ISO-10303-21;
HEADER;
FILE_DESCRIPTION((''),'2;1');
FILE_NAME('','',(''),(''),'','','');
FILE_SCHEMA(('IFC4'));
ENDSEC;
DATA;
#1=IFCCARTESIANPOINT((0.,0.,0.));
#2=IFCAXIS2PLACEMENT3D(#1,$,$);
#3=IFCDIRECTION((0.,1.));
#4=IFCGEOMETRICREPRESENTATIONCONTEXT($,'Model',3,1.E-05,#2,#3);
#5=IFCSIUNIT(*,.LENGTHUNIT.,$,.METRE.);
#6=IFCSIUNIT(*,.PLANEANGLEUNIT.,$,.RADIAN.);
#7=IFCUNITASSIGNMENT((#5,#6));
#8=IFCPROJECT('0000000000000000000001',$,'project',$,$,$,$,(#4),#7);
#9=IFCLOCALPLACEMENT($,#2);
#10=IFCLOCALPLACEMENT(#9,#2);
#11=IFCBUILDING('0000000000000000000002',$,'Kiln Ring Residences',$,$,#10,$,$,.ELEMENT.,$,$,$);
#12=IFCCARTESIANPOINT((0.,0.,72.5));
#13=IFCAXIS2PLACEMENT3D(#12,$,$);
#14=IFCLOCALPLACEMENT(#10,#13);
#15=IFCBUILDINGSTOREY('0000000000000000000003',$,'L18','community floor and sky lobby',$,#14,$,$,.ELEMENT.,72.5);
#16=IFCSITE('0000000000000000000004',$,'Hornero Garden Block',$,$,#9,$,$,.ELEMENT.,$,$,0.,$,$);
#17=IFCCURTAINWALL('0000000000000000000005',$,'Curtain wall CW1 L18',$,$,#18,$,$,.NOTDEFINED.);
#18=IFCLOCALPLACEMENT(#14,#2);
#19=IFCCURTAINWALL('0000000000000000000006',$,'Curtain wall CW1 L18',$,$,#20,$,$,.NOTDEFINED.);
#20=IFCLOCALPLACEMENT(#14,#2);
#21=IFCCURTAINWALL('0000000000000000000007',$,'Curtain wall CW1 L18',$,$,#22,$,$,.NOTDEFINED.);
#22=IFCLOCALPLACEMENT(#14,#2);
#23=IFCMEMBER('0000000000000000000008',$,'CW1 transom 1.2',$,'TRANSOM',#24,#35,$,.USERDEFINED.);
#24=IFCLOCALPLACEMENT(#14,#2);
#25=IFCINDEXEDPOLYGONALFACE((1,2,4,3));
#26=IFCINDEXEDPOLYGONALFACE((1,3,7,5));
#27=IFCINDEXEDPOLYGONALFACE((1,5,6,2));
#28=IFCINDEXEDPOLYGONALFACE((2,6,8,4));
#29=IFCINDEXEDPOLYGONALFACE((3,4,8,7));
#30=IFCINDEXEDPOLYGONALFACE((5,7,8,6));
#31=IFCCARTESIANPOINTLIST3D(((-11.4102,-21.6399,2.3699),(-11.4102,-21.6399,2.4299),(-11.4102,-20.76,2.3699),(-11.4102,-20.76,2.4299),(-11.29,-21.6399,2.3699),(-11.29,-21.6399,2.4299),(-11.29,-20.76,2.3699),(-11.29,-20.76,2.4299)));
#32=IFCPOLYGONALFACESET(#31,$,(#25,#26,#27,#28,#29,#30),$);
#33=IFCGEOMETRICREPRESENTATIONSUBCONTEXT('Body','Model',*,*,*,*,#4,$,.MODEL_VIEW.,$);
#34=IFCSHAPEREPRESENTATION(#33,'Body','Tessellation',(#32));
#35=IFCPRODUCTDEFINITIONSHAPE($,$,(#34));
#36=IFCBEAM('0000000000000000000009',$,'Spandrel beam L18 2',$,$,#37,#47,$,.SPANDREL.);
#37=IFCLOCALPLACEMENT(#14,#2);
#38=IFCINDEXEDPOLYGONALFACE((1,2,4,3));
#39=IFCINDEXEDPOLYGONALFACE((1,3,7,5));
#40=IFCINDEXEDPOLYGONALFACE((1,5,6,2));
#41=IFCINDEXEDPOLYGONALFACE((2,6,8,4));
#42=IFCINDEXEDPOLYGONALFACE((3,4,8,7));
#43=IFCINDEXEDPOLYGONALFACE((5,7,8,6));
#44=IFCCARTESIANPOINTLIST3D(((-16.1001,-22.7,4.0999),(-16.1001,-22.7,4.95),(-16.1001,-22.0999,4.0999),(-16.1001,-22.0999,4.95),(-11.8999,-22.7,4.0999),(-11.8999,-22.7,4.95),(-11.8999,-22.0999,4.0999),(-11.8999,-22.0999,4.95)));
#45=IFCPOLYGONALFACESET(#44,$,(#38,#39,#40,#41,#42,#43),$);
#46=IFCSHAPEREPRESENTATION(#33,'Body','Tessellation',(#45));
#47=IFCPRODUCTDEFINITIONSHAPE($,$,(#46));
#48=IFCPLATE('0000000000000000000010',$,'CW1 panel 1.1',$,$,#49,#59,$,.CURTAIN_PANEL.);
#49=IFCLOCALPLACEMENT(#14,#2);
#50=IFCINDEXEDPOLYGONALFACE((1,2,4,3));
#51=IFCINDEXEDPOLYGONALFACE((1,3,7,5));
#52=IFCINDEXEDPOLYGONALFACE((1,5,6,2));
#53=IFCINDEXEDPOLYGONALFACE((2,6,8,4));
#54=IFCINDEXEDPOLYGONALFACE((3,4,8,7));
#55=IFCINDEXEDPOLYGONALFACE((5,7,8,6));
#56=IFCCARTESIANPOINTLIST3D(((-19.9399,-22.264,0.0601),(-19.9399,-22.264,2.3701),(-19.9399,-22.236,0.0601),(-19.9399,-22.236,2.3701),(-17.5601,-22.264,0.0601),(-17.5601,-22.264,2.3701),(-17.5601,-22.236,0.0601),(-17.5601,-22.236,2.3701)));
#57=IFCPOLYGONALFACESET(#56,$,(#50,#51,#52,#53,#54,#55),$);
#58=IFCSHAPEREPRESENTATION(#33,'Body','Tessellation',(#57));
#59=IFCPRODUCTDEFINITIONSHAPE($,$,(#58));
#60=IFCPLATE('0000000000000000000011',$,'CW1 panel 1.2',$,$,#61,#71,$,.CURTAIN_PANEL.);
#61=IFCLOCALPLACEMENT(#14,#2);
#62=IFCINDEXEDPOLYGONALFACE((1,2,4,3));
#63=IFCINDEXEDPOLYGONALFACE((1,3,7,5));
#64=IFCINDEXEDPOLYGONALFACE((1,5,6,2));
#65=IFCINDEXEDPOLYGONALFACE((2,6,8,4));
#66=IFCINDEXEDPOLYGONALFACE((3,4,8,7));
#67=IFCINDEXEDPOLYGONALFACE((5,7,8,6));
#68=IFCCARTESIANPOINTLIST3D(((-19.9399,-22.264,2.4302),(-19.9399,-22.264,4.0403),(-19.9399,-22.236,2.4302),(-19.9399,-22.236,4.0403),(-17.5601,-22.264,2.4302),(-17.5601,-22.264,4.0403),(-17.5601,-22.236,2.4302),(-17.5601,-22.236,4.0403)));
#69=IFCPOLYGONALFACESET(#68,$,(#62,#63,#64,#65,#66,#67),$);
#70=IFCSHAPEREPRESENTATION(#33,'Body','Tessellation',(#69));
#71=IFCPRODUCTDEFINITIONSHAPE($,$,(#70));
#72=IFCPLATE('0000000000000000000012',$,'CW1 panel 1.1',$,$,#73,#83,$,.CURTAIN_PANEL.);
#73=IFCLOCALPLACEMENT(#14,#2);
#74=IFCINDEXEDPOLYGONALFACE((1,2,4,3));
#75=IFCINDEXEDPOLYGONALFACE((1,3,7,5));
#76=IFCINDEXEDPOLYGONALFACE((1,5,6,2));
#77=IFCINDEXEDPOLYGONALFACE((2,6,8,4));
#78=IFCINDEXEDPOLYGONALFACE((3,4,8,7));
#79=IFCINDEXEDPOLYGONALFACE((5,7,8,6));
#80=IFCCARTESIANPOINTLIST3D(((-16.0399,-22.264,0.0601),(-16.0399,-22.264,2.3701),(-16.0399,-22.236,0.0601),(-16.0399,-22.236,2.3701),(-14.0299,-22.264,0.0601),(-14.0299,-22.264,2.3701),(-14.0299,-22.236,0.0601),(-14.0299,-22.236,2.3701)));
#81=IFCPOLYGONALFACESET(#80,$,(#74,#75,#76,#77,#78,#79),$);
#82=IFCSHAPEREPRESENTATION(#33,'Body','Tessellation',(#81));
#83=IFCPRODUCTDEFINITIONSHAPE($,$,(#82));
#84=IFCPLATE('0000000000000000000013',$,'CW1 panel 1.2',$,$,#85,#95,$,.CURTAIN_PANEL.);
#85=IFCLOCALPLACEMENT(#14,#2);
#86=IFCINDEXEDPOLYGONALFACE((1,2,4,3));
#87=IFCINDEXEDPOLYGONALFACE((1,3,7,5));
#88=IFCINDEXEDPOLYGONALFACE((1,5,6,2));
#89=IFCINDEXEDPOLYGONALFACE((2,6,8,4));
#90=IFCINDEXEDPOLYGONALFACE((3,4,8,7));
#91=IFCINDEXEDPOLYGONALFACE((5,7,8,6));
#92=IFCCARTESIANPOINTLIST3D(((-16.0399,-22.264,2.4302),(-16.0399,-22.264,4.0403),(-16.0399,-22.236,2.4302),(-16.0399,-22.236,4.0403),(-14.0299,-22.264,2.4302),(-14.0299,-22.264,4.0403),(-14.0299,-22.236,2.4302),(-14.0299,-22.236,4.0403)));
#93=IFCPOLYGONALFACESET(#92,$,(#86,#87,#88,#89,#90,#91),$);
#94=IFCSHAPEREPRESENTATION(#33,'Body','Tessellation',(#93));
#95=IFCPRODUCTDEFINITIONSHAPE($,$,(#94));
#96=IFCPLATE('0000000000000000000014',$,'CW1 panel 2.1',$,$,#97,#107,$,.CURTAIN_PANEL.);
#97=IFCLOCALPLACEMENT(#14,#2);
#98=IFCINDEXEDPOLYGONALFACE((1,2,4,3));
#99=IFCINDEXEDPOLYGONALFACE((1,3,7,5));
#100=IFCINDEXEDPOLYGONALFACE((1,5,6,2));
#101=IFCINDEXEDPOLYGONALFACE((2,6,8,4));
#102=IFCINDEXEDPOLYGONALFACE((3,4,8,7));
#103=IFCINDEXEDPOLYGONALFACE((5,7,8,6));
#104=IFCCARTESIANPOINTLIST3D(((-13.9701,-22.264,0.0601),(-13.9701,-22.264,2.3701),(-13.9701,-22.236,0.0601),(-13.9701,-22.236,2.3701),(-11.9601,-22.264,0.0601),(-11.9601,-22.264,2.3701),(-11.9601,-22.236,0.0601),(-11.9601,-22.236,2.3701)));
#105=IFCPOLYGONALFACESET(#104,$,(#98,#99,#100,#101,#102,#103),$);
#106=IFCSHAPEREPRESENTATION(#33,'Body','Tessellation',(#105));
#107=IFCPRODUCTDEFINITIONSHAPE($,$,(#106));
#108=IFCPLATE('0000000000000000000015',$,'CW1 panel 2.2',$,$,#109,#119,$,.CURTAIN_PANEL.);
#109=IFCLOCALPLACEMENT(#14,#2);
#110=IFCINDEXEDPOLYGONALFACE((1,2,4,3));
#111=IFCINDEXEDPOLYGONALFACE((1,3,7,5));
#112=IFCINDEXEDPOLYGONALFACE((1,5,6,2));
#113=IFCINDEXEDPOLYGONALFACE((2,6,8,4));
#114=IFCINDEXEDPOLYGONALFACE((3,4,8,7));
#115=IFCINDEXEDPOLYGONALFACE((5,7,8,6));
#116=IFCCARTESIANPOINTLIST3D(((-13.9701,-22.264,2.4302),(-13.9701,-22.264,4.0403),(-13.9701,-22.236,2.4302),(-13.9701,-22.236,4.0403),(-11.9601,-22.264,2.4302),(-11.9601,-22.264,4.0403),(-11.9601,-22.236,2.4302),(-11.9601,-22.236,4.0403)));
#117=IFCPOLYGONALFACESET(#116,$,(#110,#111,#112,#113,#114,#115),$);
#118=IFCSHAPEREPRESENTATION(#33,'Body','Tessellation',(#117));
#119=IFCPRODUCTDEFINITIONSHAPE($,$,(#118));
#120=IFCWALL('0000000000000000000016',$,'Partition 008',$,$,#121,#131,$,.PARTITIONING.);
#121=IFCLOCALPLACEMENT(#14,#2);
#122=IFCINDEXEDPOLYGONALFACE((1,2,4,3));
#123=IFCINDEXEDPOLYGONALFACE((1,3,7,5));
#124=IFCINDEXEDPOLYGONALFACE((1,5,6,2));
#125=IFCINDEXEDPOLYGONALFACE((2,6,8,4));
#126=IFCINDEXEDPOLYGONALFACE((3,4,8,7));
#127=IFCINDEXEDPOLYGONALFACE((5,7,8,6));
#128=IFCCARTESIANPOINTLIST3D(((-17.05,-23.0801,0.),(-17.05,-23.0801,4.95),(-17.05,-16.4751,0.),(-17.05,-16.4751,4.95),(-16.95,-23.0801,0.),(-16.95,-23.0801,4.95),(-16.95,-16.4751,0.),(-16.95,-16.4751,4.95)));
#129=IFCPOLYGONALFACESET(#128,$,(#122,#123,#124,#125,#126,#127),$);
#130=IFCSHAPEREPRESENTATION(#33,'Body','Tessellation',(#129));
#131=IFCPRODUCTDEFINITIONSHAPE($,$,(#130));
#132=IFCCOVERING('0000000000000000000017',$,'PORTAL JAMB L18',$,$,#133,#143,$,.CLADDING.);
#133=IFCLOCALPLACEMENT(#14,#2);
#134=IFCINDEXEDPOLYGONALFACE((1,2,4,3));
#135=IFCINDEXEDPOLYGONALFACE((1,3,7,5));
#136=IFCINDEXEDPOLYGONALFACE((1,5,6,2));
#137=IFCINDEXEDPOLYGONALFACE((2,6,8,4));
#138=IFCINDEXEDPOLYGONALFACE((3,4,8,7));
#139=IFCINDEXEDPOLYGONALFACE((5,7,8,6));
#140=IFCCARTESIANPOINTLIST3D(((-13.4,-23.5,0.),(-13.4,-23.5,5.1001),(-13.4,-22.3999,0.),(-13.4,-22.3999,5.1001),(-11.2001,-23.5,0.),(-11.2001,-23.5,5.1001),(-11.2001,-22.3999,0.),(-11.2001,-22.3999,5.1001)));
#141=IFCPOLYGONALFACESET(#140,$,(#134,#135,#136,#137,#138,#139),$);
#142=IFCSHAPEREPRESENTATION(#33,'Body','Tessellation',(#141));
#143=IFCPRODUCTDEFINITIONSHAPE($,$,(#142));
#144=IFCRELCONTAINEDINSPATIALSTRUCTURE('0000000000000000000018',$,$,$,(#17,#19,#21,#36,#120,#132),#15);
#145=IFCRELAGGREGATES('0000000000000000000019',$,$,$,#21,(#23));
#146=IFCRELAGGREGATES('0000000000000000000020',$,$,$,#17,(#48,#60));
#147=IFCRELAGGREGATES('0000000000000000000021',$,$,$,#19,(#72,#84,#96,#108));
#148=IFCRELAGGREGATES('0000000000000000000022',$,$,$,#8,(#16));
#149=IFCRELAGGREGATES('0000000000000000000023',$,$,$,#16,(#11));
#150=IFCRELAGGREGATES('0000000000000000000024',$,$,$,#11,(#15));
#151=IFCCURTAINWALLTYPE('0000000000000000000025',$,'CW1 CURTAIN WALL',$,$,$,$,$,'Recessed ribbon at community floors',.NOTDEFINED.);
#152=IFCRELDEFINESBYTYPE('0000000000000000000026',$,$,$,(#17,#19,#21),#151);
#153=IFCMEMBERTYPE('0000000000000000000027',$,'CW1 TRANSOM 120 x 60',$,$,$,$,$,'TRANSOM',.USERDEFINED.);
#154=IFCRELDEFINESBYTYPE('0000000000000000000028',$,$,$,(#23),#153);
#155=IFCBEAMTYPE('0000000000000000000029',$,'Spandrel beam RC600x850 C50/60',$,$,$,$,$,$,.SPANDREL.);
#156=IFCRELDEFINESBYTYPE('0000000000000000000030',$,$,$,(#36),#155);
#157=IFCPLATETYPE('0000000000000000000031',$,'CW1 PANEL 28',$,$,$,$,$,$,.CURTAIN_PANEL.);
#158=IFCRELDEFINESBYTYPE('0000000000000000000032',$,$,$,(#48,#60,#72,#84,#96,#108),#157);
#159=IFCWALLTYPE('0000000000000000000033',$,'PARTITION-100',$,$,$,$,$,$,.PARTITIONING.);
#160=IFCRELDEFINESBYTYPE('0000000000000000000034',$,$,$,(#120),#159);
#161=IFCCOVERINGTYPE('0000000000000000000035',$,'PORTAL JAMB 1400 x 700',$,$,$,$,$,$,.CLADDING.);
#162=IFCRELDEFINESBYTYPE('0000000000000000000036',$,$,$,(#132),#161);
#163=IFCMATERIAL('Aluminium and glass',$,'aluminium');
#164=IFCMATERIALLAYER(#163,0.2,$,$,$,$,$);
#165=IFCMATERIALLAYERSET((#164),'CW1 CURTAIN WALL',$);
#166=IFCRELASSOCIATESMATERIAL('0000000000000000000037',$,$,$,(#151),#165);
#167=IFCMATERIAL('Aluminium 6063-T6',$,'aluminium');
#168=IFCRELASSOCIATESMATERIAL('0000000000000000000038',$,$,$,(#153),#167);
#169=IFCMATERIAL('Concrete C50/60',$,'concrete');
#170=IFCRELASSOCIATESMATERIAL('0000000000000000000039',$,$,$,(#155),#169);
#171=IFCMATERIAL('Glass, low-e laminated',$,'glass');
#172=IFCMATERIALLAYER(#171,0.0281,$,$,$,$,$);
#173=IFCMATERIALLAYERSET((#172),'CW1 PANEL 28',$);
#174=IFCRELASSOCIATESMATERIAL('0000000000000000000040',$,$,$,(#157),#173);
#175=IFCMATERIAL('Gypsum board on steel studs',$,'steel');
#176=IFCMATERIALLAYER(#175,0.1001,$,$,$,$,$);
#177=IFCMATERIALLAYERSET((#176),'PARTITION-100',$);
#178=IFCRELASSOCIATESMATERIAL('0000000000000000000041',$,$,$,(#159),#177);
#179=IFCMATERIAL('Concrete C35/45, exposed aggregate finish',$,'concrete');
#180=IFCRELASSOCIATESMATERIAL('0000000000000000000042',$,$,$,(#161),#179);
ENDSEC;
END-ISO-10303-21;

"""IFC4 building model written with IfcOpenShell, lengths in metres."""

from ifc_helpers import new_model, si_unit, direction, frame, frame_2d, origin, origin_2d, place, context, subcontext, project, spatial, rectangle, extrude, material, layer, layer_set, material_profile, profile_set, type_object, element, aggregate, save


model = new_model("IFC4")

# Units and contexts
model_context = context("Model", 3, precision=1e-05, world=origin(), true_north=direction((0.0, 1.0)))
body_context = subcontext(model_context, "Body", "Model", "MODEL_VIEW")
ifc_project = project(units=[si_unit("LENGTHUNIT", "METRE"), si_unit("PLANEANGLEUNIT", "RADIAN")], contexts=[model_context])

# Site, building, storey
site_placement = place(None, origin())
site = spatial("IfcSite", under=ifc_project, at=site_placement, Name="Hornero Garden Block", CompositionType="ELEMENT", RefElevation=0.0)
building_placement = place(site_placement, origin())
building = spatial("IfcBuilding", under=site, at=building_placement, Name="Kiln Ring Residences", CompositionType="ELEMENT")
storey_placement = place(building_placement, frame((0.0, 0.0, 72.5)))
storey = spatial("IfcBuildingStorey", under=building, at=storey_placement, Name="L18", Description="community floor and sky lobby", CompositionType="ELEMENT", Elevation=72.5)

# Curtain wall
ifc_material_1 = material(Name="Aluminium and glass", Category="aluminium")
ifc_layer_1 = layer(ifc_material_1, 0.2)
ifc_layer_set_1 = layer_set([ifc_layer_1], Name="CW1 CURTAIN WALL")
curtain_wall_type = type_object("IfcCurtainWallType", Name="CW1 CURTAIN WALL", ElementType="Recessed ribbon at community floors", PredefinedType="NOTDEFINED", material=ifc_layer_set_1)
placement = place(storey_placement, origin())
curtain_wall_1 = element("IfcCurtainWall", 1, at=placement, inside=storey, type_object=curtain_wall_type, Name="Curtain wall CW1 L18", PredefinedType="NOTDEFINED")

# Curtain wall
curtain_wall_2 = element("IfcCurtainWall", 2, at=placement, inside=storey, type_object=curtain_wall_type, Name="Curtain wall CW1 L18", PredefinedType="NOTDEFINED")

# Curtain wall
curtain_wall_3 = element("IfcCurtainWall", 3, at=placement, inside=storey, type_object=curtain_wall_type, Name="Curtain wall CW1 L18", PredefinedType="NOTDEFINED")

# Member
ifc_material_2 = material(Name="Aluminium 6063-T6", Category="aluminium")
ifc_material_profile_1 = material_profile(ifc_material_2, rectangle(XDim=0.1201, YDim=0.0601, at=origin_2d()), Name="AL 120x60")
ifc_profile_set_1 = profile_set([ifc_material_profile_1], Name="Aluminium 6063-T6")
member_type_1 = type_object("IfcMemberType", Name="CW1 TRANSOM 120 x 60", ElementType="TRANSOM", PredefinedType="USERDEFINED", material=ifc_profile_set_1)
member_1_placement = place(storey_placement, frame((-11.3501, -21.6399, 2.3999), z_axis=(0.0, 1.0, 0.0), x_axis=(-1.0, 0.0, 0.0)))
member_1 = element("IfcMember", 4, at=member_1_placement, type_object=member_type_1, Name="CW1 transom 1.2", ObjectType="TRANSOM", PredefinedType="USERDEFINED", context=body_context, shape_type="SweptSolid", body=[
    extrude(rectangle(XDim=0.1201, YDim=0.0601, at=origin_2d()), origin(), (0.0, 0.0, 1.0), 0.8799),
])
aggregate(curtain_wall_3, [member_1])

# Beam
ifc_material_3 = material(Name="Concrete C50/60", Category="concrete")
ifc_material_profile_2 = material_profile(ifc_material_3, rectangle(XDim=0.6001, YDim=0.8501, at=origin_2d()), Name="RC600x850")
ifc_profile_set_2 = profile_set([ifc_material_profile_2], Name="Concrete C50/60")
beam_type = type_object("IfcBeamType", Name="Spandrel beam RC600x850 C50/60", PredefinedType="SPANDREL", material=ifc_profile_set_2)
beam_placement = place(storey_placement, frame((-16.1001, -22.3999, 4.5249), z_axis=(1.0, 0.0, 0.0), x_axis=(0.0, 1.0, 0.0)))
element("IfcBeam", 5, at=beam_placement, inside=storey, type_object=beam_type, Name="Spandrel beam L18 2", PredefinedType="SPANDREL", context=body_context, shape_type="SweptSolid", body=[
    extrude(rectangle(XDim=0.6001, YDim=0.8501, at=origin_2d()), origin(), (0.0, 0.0, 1.0), 4.2002),
])

# Plates
ifc_material_4 = material(Name="Glass, low-e laminated", Category="glass")
ifc_layer_2 = layer(ifc_material_4, 0.0281)
ifc_layer_set_2 = layer_set([ifc_layer_2], Name="CW1 PANEL 28")
plate_type = type_object("IfcPlateType", Name="CW1 PANEL 28", PredefinedType="CURTAIN_PANEL", material=ifc_layer_set_2)
plate_1_placement = place(storey_placement, frame((-18.75, -22.25, 0.0601), z_axis=(0.0, 0.0, 1.0), x_axis=(1.0, 0.0, 0.0)))
plate_1 = element("IfcPlate", 6, at=plate_1_placement, type_object=plate_type, Name="CW1 panel 1.1", PredefinedType="CURTAIN_PANEL", context=body_context, shape_type="SweptSolid", body=[
    extrude(rectangle(XDim=2.3799, YDim=0.0281, at=origin_2d()), origin(), (0.0, 0.0, 1.0), 2.3101),
])
plate_2_placement = place(storey_placement, frame((-18.75, -22.25, 2.4302), z_axis=(0.0, 0.0, 1.0), x_axis=(1.0, 0.0, 0.0)))
plate_2 = element("IfcPlate", 7, at=plate_2_placement, type_object=plate_type, Name="CW1 panel 1.2", PredefinedType="CURTAIN_PANEL", context=body_context, shape_type="SweptSolid", body=[
    extrude(rectangle(XDim=2.3799, YDim=0.0281, at=origin_2d()), origin(), (0.0, 0.0, 1.0), 1.6101),
])
aggregate(curtain_wall_1, [plate_1, plate_2])
plate_3_placement = place(storey_placement, frame((-15.0349, -22.25, 0.0601), z_axis=(0.0, 0.0, 1.0), x_axis=(1.0, 0.0, 0.0)))
plate_3 = element("IfcPlate", 8, at=plate_3_placement, type_object=plate_type, Name="CW1 panel 1.1", PredefinedType="CURTAIN_PANEL", context=body_context, shape_type="SweptSolid", body=[
    extrude(rectangle(XDim=2.01, YDim=0.0281, at=origin_2d()), origin(), (0.0, 0.0, 1.0), 2.3101),
])
plate_4_placement = place(storey_placement, frame((-15.0349, -22.25, 2.4302), z_axis=(0.0, 0.0, 1.0), x_axis=(1.0, 0.0, 0.0)))
plate_4 = element("IfcPlate", 9, at=plate_4_placement, type_object=plate_type, Name="CW1 panel 1.2", PredefinedType="CURTAIN_PANEL", context=body_context, shape_type="SweptSolid", body=[
    extrude(rectangle(XDim=2.01, YDim=0.0281, at=origin_2d()), origin(), (0.0, 0.0, 1.0), 1.6101),
])
plate_5_placement = place(storey_placement, frame((-12.9651, -22.25, 0.0601), z_axis=(0.0, 0.0, 1.0), x_axis=(1.0, 0.0, 0.0)))
plate_5 = element("IfcPlate", 10, at=plate_5_placement, type_object=plate_type, Name="CW1 panel 2.1", PredefinedType="CURTAIN_PANEL", context=body_context, shape_type="SweptSolid", body=[
    extrude(rectangle(XDim=2.01, YDim=0.0281, at=origin_2d()), origin(), (0.0, 0.0, 1.0), 2.3101),
])
plate_6_placement = place(storey_placement, frame((-12.9651, -22.25, 2.4302), z_axis=(0.0, 0.0, 1.0), x_axis=(1.0, 0.0, 0.0)))
plate_6 = element("IfcPlate", 11, at=plate_6_placement, type_object=plate_type, Name="CW1 panel 2.2", PredefinedType="CURTAIN_PANEL", context=body_context, shape_type="SweptSolid", body=[
    extrude(rectangle(XDim=2.01, YDim=0.0281, at=origin_2d()), origin(), (0.0, 0.0, 1.0), 1.6101),
])
aggregate(curtain_wall_2, [plate_3, plate_4, plate_5, plate_6])

# Wall
ifc_material_5 = material(Name="Gypsum board on steel studs", Category="steel")
ifc_layer_3 = layer(ifc_material_5, 0.1001)
ifc_layer_set_3 = layer_set([ifc_layer_3], Name="PARTITION-100")
wall_type = type_object("IfcWallType", Name="PARTITION-100", PredefinedType="PARTITIONING", material=ifc_layer_set_3)
wall_placement = place(storey_placement, frame((-17.0, -23.0801, 0.0), z_axis=(0.0, 0.0, 1.0), x_axis=(0.0, 1.0, 0.0)))
element("IfcWall", 12, at=wall_placement, inside=storey, type_object=wall_type, Name="Partition 008", PredefinedType="PARTITIONING", context=body_context, shape_type="SweptSolid", body=[
    extrude(rectangle(XDim=6.605, YDim=0.1001, at=frame_2d((3.3025, 0.0))), origin(), (0.0, 0.0, 1.0), 4.95),
])

# Covering
ifc_material_6 = material(Name="Concrete C35/45, exposed aggregate finish", Category="concrete")
covering_type = type_object("IfcCoveringType", Name="PORTAL JAMB 1400 x 700", PredefinedType="CLADDING", material=ifc_material_6)
covering_placement = place(storey_placement, frame((-12.3, -22.95, 0.0), z_axis=(0.0, 0.0, 1.0), x_axis=(1.0, 0.0, 0.0)))
element("IfcCovering", 13, at=covering_placement, inside=storey, type_object=covering_type, Name="PORTAL JAMB L18", PredefinedType="CLADDING", context=body_context, shape_type="SweptSolid", body=[
    extrude(rectangle(XDim=2.2, YDim=1.1001, at=origin_2d()), origin(), (0.0, 0.0, 1.0), 5.1001),
])

save(model, "model.ifc")
